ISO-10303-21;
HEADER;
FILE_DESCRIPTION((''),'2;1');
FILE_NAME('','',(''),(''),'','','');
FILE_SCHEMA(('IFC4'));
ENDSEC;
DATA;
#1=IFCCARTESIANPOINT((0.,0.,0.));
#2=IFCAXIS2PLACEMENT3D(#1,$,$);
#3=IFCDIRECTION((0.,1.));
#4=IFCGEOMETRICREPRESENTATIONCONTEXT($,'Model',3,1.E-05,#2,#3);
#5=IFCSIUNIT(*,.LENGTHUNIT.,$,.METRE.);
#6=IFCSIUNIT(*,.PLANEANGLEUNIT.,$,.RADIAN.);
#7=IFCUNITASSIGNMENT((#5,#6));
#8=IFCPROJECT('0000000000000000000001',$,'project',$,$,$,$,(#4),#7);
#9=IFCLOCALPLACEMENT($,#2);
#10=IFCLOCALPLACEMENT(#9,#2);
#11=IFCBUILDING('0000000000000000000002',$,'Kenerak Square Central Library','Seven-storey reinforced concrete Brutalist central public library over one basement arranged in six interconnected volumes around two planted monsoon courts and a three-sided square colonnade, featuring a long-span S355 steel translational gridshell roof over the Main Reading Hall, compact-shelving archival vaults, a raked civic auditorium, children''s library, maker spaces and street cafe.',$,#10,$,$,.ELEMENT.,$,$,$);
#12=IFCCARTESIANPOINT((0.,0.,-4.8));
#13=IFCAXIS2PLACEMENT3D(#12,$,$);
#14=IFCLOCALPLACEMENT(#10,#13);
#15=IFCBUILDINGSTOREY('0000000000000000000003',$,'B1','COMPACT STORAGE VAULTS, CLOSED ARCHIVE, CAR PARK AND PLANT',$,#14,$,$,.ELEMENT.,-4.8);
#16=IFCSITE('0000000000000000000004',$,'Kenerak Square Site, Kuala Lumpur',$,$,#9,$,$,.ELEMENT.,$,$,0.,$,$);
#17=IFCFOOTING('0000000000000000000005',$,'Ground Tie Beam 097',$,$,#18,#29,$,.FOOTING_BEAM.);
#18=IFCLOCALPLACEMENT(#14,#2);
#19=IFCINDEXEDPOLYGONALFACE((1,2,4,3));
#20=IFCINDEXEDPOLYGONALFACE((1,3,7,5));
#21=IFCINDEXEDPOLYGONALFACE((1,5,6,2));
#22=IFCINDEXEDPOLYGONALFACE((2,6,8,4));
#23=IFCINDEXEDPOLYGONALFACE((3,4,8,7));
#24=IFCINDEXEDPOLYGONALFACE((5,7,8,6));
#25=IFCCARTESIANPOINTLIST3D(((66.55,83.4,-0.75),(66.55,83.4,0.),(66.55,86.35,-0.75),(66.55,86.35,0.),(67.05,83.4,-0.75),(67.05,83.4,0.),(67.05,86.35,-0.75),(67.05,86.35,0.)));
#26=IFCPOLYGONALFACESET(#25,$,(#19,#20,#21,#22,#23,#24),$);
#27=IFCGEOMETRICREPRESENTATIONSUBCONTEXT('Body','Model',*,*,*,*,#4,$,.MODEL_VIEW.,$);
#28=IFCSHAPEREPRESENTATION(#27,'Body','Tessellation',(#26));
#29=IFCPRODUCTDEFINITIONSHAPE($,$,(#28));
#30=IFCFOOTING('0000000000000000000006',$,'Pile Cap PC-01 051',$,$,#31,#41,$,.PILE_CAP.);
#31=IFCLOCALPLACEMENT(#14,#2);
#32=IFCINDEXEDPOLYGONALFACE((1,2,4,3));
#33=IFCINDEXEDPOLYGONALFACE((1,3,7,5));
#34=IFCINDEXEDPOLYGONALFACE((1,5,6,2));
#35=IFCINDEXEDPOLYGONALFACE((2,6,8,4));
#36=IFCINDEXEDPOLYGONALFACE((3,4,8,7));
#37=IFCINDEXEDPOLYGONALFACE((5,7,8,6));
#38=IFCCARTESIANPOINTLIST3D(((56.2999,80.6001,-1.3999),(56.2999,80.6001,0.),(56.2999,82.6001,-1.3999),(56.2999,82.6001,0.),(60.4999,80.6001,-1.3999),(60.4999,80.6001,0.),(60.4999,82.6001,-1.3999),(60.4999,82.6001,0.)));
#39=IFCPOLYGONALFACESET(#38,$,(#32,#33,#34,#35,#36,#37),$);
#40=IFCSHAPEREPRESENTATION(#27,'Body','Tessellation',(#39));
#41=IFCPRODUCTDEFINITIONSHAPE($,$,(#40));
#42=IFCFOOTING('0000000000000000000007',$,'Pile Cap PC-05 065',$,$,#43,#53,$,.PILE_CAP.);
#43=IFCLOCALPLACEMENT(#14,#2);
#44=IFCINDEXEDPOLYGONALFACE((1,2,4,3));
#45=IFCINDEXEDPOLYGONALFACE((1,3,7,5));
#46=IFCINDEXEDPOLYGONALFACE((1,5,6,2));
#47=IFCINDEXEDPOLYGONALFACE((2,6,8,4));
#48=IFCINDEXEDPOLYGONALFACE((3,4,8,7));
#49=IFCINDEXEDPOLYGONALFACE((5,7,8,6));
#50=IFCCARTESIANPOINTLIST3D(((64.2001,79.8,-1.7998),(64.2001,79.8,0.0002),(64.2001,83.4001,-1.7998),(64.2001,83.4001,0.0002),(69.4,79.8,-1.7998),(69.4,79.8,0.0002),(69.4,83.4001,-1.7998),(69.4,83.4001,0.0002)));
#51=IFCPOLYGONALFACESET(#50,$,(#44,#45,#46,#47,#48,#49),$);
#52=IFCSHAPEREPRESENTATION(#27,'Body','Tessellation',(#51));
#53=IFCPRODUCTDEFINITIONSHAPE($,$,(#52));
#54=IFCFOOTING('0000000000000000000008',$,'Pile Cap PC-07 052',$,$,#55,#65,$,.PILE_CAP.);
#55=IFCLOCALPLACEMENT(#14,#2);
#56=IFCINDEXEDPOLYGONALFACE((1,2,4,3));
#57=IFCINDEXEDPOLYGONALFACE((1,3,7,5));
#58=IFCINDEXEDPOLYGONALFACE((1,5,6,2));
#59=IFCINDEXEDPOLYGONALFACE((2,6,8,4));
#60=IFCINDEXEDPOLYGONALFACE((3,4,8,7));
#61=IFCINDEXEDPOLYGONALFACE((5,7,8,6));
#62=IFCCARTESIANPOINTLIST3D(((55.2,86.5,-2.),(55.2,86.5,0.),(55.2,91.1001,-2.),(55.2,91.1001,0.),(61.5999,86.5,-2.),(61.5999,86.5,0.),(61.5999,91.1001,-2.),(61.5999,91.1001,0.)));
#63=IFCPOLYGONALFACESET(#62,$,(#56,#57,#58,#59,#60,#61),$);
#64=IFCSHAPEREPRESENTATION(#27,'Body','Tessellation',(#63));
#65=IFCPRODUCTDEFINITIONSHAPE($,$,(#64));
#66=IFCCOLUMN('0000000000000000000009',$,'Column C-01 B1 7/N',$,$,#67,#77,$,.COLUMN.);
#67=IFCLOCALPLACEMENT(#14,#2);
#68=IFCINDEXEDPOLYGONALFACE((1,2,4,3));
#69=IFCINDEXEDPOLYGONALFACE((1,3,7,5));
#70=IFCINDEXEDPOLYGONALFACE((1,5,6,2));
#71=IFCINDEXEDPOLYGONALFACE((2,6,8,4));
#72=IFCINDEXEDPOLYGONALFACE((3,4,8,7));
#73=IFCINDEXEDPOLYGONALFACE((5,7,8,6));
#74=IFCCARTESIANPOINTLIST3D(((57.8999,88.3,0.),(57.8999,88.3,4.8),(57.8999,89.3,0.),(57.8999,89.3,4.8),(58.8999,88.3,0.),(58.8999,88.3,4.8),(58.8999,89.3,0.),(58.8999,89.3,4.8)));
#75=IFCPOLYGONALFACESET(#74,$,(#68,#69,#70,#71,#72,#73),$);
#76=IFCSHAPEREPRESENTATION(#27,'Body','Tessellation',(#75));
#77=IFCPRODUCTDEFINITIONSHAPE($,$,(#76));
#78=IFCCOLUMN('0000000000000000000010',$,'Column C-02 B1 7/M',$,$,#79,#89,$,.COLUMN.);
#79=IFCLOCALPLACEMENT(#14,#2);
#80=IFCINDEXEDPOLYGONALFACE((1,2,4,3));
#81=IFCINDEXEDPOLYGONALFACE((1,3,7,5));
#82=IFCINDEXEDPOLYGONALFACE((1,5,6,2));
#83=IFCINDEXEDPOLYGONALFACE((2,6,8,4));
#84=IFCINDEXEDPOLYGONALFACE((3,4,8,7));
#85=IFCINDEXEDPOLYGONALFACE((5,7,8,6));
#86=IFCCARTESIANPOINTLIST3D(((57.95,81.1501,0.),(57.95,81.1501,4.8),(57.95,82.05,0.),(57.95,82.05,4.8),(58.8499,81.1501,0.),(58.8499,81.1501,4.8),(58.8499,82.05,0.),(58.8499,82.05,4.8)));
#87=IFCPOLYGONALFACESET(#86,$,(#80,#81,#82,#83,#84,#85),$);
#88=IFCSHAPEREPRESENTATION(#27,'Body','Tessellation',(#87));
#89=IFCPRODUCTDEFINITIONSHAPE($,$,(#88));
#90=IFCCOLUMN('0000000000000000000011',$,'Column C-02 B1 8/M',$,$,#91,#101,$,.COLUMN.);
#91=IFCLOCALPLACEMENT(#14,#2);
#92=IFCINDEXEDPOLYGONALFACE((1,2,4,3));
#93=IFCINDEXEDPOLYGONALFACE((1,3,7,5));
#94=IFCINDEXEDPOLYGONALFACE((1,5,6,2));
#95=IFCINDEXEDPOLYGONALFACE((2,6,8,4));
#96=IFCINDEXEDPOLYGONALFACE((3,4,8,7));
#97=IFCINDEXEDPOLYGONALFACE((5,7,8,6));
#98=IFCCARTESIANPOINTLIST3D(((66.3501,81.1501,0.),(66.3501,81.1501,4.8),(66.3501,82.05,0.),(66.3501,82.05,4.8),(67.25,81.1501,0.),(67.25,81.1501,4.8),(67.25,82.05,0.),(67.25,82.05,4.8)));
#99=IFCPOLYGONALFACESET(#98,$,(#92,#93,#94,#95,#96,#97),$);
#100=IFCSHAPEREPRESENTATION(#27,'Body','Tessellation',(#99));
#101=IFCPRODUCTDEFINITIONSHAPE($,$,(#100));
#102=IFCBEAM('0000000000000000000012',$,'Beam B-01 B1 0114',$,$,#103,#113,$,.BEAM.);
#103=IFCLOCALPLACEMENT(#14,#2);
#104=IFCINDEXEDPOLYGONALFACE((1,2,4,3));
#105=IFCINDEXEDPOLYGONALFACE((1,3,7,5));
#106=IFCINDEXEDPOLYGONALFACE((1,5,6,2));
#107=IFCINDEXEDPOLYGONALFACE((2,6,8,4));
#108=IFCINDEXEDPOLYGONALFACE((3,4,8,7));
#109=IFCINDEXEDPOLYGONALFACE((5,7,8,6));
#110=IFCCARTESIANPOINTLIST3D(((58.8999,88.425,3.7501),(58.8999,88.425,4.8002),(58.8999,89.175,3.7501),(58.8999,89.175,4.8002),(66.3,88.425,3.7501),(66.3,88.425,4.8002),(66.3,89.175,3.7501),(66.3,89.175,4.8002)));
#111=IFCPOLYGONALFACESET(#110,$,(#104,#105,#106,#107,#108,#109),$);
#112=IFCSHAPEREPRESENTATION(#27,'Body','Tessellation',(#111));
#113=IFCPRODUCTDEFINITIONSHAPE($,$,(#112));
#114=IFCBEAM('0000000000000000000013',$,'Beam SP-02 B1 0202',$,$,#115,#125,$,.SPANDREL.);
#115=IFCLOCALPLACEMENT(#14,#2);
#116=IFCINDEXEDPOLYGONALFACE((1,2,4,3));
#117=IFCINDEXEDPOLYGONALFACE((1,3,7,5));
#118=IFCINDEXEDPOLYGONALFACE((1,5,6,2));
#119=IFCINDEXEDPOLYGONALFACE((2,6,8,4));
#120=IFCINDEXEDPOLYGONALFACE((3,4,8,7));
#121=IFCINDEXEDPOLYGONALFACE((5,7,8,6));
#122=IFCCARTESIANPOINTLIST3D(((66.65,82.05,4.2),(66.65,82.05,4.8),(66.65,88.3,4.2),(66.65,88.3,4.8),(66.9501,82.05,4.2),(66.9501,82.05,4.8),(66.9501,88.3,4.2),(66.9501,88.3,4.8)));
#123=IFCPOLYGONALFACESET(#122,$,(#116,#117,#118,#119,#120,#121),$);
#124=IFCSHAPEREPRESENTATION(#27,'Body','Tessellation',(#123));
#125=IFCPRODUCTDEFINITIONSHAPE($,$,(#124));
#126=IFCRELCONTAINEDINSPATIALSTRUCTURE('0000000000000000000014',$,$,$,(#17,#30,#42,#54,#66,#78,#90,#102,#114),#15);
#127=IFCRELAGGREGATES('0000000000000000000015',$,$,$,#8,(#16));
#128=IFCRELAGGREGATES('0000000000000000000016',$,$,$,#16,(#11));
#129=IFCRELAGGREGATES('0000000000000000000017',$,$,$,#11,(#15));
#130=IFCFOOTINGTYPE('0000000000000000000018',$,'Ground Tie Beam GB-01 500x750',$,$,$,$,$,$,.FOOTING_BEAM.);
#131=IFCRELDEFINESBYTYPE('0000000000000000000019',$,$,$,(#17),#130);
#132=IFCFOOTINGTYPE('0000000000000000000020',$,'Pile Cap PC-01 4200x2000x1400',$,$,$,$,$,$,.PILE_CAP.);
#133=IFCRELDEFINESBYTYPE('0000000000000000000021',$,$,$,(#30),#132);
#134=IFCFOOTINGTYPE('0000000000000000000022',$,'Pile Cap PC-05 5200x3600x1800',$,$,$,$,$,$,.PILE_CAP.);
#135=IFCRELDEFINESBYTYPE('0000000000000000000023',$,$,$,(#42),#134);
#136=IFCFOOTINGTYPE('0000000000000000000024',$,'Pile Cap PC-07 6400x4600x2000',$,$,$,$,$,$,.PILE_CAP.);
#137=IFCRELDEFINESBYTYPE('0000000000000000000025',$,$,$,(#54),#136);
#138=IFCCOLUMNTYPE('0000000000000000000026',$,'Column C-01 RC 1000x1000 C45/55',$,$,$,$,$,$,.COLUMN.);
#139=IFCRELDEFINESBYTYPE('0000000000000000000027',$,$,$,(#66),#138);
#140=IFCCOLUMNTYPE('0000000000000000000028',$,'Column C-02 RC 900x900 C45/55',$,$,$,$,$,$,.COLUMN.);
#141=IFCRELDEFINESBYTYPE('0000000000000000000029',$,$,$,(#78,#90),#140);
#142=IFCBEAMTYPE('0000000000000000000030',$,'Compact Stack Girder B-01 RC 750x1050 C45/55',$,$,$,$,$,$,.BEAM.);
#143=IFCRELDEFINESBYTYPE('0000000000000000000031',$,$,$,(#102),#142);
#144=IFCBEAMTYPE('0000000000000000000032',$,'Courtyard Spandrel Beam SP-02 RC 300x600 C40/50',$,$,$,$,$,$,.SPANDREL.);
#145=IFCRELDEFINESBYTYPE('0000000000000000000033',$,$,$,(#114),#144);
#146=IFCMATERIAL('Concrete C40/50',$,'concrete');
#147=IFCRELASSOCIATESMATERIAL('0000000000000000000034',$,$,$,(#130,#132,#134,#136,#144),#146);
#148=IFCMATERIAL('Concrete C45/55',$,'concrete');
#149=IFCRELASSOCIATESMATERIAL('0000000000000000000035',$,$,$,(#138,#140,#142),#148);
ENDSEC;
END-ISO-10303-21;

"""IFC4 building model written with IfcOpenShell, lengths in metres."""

from ifc_helpers import new_model, si_unit, direction, frame, origin, origin_2d, place, context, subcontext, project, spatial, rectangle, extrude, material, material_profile, profile_set, type_object, element, save


model = new_model("IFC4")

# Units and contexts
model_context = context("Model", 3, precision=1e-05, world=origin(), true_north=direction((0.0, 1.0)))
body_context = subcontext(model_context, "Body", "Model", "MODEL_VIEW")
ifc_project = project(units=[si_unit("LENGTHUNIT", "METRE"), si_unit("PLANEANGLEUNIT", "RADIAN")], contexts=[model_context])

# Site, building, storey
site_placement = place(None, origin())
site = spatial("IfcSite", under=ifc_project, at=site_placement, Name="Kenerak Square Site, Kuala Lumpur", CompositionType="ELEMENT", RefElevation=0.0)
building_placement = place(site_placement, origin())
building = spatial("IfcBuilding", under=site, at=building_placement, Name="Kenerak Square Central Library", Description="Seven-storey reinforced concrete Brutalist central public library over one basement arranged in six interconnected volumes around two planted monsoon courts and a three-sided square colonnade, featuring a long-span S355 steel translational gridshell roof over the Main Reading Hall, compact-shelving archival vaults, a raked civic auditorium, children's library, maker spaces and street cafe.", CompositionType="ELEMENT")
storey_placement = place(building_placement, frame((0.0, 0.0, -4.8)))
storey = spatial("IfcBuildingStorey", under=building, at=storey_placement, Name="B1", Description="COMPACT STORAGE VAULTS, CLOSED ARCHIVE, CAR PARK AND PLANT", CompositionType="ELEMENT", Elevation=-4.8)

# Shared definitions
ifc_material_1 = material(Name="Concrete C40/50", Category="concrete")

# Footings
footing_type_1 = type_object("IfcFootingType", Name="Ground Tie Beam GB-01 500x750", PredefinedType="FOOTING_BEAM", material=ifc_material_1)
footing_1_placement = place(storey_placement, frame((66.8, 84.875, -0.75), z_axis=(0.0, 0.0, 1.0), x_axis=(1.0, 0.0, 0.0)))
element("IfcFooting", 1, at=footing_1_placement, inside=storey, type_object=footing_type_1, Name="Ground Tie Beam 097", PredefinedType="FOOTING_BEAM", context=body_context, shape_type="SweptSolid", body=[
    extrude(rectangle(XDim=0.5, YDim=2.95, at=origin_2d()), origin(), (0.0, 0.0, 1.0), 0.75),
])
footing_type_2 = type_object("IfcFootingType", Name="Pile Cap PC-01 4200x2000x1400", PredefinedType="PILE_CAP", material=ifc_material_1)
footing_2_placement = place(storey_placement, frame((58.3999, 81.6001, -1.3999), z_axis=(0.0, 0.0, 1.0), x_axis=(1.0, 0.0, 0.0)))
element("IfcFooting", 2, at=footing_2_placement, inside=storey, type_object=footing_type_2, Name="Pile Cap PC-01 051", PredefinedType="PILE_CAP", context=body_context, shape_type="SweptSolid", body=[
    extrude(rectangle(XDim=4.2, YDim=2.0, at=origin_2d()), origin(), (0.0, 0.0, 1.0), 1.3999),
])
footing_type_3 = type_object("IfcFootingType", Name="Pile Cap PC-05 5200x3600x1800", PredefinedType="PILE_CAP", material=ifc_material_1)
footing_3_placement = place(storey_placement, frame((66.8, 81.6001, -1.7998), z_axis=(0.0, 0.0, 1.0), x_axis=(1.0, 0.0, 0.0)))
element("IfcFooting", 3, at=footing_3_placement, inside=storey, type_object=footing_type_3, Name="Pile Cap PC-05 065", PredefinedType="PILE_CAP", context=body_context, shape_type="SweptSolid", body=[
    extrude(rectangle(XDim=5.2, YDim=3.6001, at=origin_2d()), origin(), (0.0, 0.0, 1.0), 1.8),
])
footing_type_4 = type_object("IfcFootingType", Name="Pile Cap PC-07 6400x4600x2000", PredefinedType="PILE_CAP", material=ifc_material_1)
footing_4_placement = place(storey_placement, frame((58.3999, 88.8, -2.0), z_axis=(0.0, 0.0, 1.0), x_axis=(1.0, 0.0, 0.0)))
element("IfcFooting", 4, at=footing_4_placement, inside=storey, type_object=footing_type_4, Name="Pile Cap PC-07 052", PredefinedType="PILE_CAP", context=body_context, shape_type="SweptSolid", body=[
    extrude(rectangle(XDim=6.3999, YDim=4.6001, at=origin_2d()), origin(), (0.0, 0.0, 1.0), 2.0),
])

# Columns
ifc_material_2 = material(Name="Concrete C45/55", Category="concrete")
ifc_material_profile_1 = material_profile(ifc_material_2, rectangle(XDim=1.0, YDim=1.0, at=origin_2d()), Name="RC 1000x1000")
ifc_profile_set_1 = profile_set([ifc_material_profile_1], Name="Concrete C45/55")
column_type_1 = type_object("IfcColumnType", Name="Column C-01 RC 1000x1000 C45/55", PredefinedType="COLUMN", material=ifc_profile_set_1)
column_placement = place(storey_placement, frame((58.3999, 88.8, 0.0), z_axis=(0.0, 0.0, 1.0), x_axis=(1.0, 0.0, 0.0)))
element("IfcColumn", 5, at=column_placement, inside=storey, type_object=column_type_1, Name="Column C-01 B1 7/N", PredefinedType="COLUMN", context=body_context, shape_type="SweptSolid", body=[
    extrude(rectangle(XDim=1.0, YDim=1.0, at=origin_2d()), origin(), (0.0, 0.0, 1.0), 4.8),
])
ifc_material_profile_2 = material_profile(ifc_material_2, rectangle(XDim=0.8999, YDim=0.8999, at=origin_2d()), Name="RC 900x900")
ifc_profile_set_2 = profile_set([ifc_material_profile_2], Name="Concrete C45/55")
column_type_2 = type_object("IfcColumnType", Name="Column C-02 RC 900x900 C45/55", PredefinedType="COLUMN", material=ifc_profile_set_2)
for number, where, z_axis, x_axis, name in (
    (6, (58.3999, 81.6001, 0.0), (0.0, 0.0, 1.0), (1.0, 0.0, 0.0), "Column C-02 B1 7/M"),
    (7, (66.8, 81.6001, 0.0), (0.0, 0.0, 1.0), (1.0, 0.0, 0.0), "Column C-02 B1 8/M"),
):
    element("IfcColumn", number, at=place(storey_placement, frame(where, z_axis=z_axis, x_axis=x_axis)), inside=storey, type_object=column_type_2, Name=name, PredefinedType="COLUMN", context=body_context, shape_type="SweptSolid", body=[
        extrude(rectangle(XDim=0.8999, YDim=0.8999, at=origin_2d()), origin(), (0.0, 0.0, 1.0), 4.8),
    ])

# Beams
ifc_material_profile_3 = material_profile(ifc_material_2, rectangle(XDim=0.75, YDim=1.05, at=origin_2d()), Name="RC 750x1050")
ifc_profile_set_3 = profile_set([ifc_material_profile_3], Name="Concrete C45/55")
beam_type_1 = type_object("IfcBeamType", Name="Compact Stack Girder B-01 RC 750x1050 C45/55", PredefinedType="BEAM", material=ifc_profile_set_3)
beam_1_placement = place(storey_placement, frame((58.8999, 88.8, 4.2751), z_axis=(1.0, 0.0, 0.0), x_axis=(0.0, 1.0, 0.0)))
element("IfcBeam", 8, at=beam_1_placement, inside=storey, type_object=beam_type_1, Name="Beam B-01 B1 0114", PredefinedType="BEAM", context=body_context, shape_type="SweptSolid", body=[
    extrude(rectangle(XDim=0.75, YDim=1.05, at=origin_2d()), origin(), (0.0, 0.0, 1.0), 7.4001),
])
ifc_material_profile_4 = material_profile(ifc_material_1, rectangle(XDim=0.3, YDim=0.6001, at=origin_2d()), Name="RC 300x600")
ifc_profile_set_4 = profile_set([ifc_material_profile_4], Name="Concrete C40/50")
beam_type_2 = type_object("IfcBeamType", Name="Courtyard Spandrel Beam SP-02 RC 300x600 C40/50", PredefinedType="SPANDREL", material=ifc_profile_set_4)
beam_2_placement = place(storey_placement, frame((66.8, 82.05, 4.5), z_axis=(0.0, 1.0, 0.0), x_axis=(-1.0, 0.0, 0.0)))
element("IfcBeam", 9, at=beam_2_placement, inside=storey, type_object=beam_type_2, Name="Beam SP-02 B1 0202", PredefinedType="SPANDREL", context=body_context, shape_type="SweptSolid", body=[
    extrude(rectangle(XDim=0.3, YDim=0.6001, at=origin_2d()), origin(), (0.0, 0.0, 1.0), 6.25),
])

save(model, "model.ifc")
